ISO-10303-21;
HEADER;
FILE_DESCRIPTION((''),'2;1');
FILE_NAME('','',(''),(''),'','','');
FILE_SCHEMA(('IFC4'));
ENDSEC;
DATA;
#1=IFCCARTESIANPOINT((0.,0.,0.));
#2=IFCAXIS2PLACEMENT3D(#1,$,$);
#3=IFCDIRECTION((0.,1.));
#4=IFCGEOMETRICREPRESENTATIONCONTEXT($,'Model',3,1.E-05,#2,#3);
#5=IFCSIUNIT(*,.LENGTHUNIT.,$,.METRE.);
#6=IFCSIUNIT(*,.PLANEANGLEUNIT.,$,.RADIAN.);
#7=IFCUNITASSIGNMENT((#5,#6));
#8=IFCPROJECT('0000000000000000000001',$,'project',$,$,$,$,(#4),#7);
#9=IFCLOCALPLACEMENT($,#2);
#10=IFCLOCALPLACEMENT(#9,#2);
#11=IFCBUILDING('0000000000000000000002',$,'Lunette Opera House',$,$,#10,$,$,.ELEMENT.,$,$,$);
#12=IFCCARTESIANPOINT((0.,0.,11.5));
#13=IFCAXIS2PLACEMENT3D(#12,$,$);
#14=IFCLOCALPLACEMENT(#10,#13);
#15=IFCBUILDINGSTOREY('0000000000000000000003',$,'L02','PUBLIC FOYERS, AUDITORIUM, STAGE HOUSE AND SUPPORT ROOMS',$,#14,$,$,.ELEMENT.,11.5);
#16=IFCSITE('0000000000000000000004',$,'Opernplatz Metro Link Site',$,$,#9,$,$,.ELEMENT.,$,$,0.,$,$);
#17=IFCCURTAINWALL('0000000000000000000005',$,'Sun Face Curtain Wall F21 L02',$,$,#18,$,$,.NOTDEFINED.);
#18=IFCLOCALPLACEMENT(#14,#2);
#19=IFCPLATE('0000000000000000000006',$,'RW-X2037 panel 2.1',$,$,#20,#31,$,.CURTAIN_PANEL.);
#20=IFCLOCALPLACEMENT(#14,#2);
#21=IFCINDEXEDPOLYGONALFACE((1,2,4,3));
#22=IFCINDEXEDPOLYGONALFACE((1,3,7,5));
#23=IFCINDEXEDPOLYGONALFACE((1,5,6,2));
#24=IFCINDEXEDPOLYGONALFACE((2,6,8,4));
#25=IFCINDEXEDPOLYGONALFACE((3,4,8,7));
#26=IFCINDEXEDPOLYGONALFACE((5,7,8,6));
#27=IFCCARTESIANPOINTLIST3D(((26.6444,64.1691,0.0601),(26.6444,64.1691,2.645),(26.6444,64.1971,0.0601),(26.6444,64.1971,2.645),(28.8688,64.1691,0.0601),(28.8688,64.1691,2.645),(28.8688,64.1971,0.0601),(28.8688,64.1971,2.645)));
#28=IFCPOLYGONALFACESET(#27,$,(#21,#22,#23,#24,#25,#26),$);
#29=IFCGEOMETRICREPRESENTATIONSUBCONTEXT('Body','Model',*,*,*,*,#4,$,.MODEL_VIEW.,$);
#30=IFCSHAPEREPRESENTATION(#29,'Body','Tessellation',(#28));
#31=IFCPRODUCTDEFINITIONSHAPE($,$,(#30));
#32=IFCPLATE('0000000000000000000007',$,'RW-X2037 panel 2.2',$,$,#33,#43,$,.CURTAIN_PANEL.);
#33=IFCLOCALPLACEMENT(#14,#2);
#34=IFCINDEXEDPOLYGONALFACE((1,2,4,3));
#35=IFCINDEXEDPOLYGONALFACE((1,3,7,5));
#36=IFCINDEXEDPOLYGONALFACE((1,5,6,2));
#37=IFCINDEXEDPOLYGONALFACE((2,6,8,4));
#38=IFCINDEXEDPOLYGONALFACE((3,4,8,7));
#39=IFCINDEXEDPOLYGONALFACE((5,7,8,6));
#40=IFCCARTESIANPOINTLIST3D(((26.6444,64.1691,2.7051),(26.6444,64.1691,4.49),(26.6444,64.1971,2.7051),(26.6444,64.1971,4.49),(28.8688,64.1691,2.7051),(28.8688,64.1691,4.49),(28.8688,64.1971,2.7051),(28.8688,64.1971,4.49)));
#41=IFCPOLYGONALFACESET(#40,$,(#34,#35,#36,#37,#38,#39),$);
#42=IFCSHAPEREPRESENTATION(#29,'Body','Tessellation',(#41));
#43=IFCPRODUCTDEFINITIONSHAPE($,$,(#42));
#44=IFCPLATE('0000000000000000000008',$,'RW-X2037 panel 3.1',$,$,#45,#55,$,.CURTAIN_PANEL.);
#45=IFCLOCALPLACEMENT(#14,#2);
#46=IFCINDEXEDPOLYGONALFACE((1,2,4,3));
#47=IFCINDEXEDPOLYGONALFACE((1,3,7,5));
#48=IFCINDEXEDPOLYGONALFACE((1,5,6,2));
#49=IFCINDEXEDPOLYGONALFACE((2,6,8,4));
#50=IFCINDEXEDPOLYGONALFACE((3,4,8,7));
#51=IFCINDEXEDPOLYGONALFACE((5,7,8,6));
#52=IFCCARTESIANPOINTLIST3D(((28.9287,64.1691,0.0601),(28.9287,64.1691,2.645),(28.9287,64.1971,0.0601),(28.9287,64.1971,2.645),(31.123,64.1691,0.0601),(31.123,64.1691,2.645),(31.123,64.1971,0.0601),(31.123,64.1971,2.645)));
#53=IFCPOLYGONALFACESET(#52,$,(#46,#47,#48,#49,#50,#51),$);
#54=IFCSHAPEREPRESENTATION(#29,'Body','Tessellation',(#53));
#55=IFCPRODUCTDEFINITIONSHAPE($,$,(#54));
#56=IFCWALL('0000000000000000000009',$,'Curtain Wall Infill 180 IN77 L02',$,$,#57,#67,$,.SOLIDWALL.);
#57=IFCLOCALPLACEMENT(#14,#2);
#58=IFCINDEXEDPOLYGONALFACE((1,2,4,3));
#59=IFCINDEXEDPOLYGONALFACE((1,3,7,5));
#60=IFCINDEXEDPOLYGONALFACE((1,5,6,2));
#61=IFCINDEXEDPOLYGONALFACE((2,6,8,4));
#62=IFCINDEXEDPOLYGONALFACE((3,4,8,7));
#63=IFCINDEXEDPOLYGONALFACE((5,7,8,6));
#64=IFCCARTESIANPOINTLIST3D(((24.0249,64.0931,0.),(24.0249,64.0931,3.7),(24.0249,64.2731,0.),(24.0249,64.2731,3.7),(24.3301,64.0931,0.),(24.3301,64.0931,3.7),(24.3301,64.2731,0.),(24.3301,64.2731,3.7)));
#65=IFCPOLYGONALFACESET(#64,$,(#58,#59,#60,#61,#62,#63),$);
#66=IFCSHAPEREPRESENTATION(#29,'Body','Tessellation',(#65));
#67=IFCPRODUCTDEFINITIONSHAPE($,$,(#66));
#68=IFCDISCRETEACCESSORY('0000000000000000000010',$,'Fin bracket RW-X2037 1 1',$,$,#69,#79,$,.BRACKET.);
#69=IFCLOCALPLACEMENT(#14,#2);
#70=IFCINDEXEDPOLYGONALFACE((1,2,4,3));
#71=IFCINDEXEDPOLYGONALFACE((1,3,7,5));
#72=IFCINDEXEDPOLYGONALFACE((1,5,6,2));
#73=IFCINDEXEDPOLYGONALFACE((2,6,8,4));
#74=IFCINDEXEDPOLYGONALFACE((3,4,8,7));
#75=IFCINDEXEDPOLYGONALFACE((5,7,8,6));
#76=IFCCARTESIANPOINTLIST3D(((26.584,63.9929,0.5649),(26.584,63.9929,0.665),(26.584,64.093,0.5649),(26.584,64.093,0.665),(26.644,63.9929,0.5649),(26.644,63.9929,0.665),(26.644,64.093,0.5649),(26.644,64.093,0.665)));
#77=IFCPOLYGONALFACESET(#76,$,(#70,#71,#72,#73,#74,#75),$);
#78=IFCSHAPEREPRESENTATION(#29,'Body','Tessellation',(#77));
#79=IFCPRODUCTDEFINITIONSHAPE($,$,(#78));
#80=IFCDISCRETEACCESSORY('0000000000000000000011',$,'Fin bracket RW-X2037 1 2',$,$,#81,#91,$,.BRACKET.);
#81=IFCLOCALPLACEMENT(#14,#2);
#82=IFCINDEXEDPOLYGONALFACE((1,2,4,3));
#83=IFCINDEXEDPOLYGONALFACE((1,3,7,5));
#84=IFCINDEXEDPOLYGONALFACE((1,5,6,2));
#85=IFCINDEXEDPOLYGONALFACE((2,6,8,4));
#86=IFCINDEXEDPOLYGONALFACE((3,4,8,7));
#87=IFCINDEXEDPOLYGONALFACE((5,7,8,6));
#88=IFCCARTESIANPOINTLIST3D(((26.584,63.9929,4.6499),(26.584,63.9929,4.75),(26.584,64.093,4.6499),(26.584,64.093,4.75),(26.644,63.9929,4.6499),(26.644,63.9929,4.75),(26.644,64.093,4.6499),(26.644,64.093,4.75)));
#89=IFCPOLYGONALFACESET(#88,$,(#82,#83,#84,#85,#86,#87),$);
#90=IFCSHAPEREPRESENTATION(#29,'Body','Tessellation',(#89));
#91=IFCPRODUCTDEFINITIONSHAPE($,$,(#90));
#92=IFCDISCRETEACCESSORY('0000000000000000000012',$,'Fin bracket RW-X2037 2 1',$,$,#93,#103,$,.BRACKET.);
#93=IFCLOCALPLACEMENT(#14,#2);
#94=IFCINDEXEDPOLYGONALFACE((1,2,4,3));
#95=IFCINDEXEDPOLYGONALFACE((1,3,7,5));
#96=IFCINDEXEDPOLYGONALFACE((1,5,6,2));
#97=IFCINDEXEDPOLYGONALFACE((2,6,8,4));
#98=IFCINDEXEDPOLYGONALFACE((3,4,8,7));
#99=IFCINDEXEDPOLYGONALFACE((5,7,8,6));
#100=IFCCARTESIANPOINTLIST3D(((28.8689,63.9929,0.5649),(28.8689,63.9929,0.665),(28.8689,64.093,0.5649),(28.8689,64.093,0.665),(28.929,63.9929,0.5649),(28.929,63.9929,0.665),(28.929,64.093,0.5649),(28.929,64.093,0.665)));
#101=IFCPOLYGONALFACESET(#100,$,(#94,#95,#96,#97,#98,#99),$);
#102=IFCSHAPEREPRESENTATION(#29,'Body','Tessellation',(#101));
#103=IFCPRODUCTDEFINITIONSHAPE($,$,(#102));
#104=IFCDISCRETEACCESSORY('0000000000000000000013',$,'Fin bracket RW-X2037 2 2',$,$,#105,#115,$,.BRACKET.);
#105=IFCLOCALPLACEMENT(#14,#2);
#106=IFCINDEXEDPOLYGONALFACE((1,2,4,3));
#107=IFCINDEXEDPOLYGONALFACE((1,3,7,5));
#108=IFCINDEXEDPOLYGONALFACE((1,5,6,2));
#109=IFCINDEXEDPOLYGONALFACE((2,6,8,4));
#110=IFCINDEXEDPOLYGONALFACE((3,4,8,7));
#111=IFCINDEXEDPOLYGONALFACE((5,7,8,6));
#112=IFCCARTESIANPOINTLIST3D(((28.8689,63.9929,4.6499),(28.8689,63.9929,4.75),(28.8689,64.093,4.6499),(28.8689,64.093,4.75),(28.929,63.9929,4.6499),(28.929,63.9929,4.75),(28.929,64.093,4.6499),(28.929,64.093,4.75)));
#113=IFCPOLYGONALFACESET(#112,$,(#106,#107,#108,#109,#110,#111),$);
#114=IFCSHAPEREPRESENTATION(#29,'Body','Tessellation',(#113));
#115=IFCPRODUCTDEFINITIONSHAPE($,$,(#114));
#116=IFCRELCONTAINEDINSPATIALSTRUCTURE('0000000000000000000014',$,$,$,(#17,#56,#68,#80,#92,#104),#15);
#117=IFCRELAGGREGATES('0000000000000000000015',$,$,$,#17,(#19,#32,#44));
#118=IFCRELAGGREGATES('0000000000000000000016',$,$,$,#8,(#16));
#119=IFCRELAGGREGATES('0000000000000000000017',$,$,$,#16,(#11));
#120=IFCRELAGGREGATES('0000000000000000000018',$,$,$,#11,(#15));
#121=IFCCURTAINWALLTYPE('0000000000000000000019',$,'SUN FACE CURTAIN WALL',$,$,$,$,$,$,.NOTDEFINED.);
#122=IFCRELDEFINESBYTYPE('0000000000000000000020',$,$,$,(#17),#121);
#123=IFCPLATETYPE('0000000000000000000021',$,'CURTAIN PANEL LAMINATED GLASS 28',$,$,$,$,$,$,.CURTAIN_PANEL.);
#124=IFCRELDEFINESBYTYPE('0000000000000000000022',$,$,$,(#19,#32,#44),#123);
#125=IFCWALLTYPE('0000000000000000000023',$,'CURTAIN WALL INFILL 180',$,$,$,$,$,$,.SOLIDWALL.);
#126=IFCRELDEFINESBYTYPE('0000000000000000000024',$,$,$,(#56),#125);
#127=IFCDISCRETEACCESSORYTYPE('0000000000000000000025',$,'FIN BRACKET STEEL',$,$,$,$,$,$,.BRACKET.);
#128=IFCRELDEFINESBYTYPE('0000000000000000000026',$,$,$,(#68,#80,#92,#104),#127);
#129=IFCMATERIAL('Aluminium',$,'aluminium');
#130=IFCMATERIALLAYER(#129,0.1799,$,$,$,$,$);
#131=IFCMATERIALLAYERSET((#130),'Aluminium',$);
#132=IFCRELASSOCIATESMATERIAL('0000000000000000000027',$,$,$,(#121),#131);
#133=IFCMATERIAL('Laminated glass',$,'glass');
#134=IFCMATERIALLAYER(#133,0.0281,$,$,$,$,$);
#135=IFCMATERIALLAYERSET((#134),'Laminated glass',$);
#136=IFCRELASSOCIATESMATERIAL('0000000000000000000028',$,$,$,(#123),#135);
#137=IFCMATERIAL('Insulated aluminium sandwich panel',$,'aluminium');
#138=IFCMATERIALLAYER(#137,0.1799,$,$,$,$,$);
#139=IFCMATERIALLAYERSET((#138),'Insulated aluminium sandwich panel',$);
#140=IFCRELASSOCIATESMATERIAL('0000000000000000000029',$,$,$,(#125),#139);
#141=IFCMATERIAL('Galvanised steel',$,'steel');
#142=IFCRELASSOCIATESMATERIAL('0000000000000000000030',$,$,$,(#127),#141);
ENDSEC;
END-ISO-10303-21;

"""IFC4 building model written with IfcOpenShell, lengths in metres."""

from ifc_helpers import new_model, si_unit, direction, frame, frame_2d, origin, origin_2d, place, context, subcontext, project, spatial, rectangle, extrude, material, layer, layer_set, type_object, element, aggregate, save


model = new_model("IFC4")

# Units and contexts
model_context = context("Model", 3, precision=1e-05, world=origin(), true_north=direction((0.0, 1.0)))
body_context = subcontext(model_context, "Body", "Model", "MODEL_VIEW")
ifc_project = project(units=[si_unit("LENGTHUNIT", "METRE"), si_unit("PLANEANGLEUNIT", "RADIAN")], contexts=[model_context])

# Site, building, storey
site_placement = place(None, origin())
site = spatial("IfcSite", under=ifc_project, at=site_placement, Name="Opernplatz Metro Link Site", CompositionType="ELEMENT", RefElevation=0.0)
building_placement = place(site_placement, origin())
building = spatial("IfcBuilding", under=site, at=building_placement, Name="Lunette Opera House", CompositionType="ELEMENT")
storey_placement = place(building_placement, frame((0.0, 0.0, 11.5)))
storey = spatial("IfcBuildingStorey", under=building, at=storey_placement, Name="L02", Description="PUBLIC FOYERS, AUDITORIUM, STAGE HOUSE AND SUPPORT ROOMS", CompositionType="ELEMENT", Elevation=11.5)

# Curtain wall, plates
ifc_material_1 = material(Name="Aluminium", Category="aluminium")
ifc_layer_1 = layer(ifc_material_1, 0.1799)
ifc_layer_set_1 = layer_set([ifc_layer_1], Name="Aluminium")
curtain_wall_type = type_object("IfcCurtainWallType", Name="SUN FACE CURTAIN WALL", PredefinedType="NOTDEFINED", material=ifc_layer_set_1)
curtain_wall_placement = place(storey_placement, origin())
curtain_wall = element("IfcCurtainWall", 1, at=curtain_wall_placement, inside=storey, type_object=curtain_wall_type, Name="Sun Face Curtain Wall F21 L02", PredefinedType="NOTDEFINED")
ifc_material_2 = material(Name="Laminated glass", Category="glass")
ifc_layer_2 = layer(ifc_material_2, 0.0281)
ifc_layer_set_2 = layer_set([ifc_layer_2], Name="Laminated glass")
plate_type = type_object("IfcPlateType", Name="CURTAIN PANEL LAMINATED GLASS 28", PredefinedType="CURTAIN_PANEL", material=ifc_layer_set_2)
plate_1_placement = place(storey_placement, frame((27.7566, 64.1831, 0.0601), z_axis=(0.0, 0.0, 1.0), x_axis=(1.0, 0.0, 0.0)))
plate_1 = element("IfcPlate", 2, at=plate_1_placement, type_object=plate_type, Name="RW-X2037 panel 2.1", PredefinedType="CURTAIN_PANEL", context=body_context, shape_type="SweptSolid", body=[
    extrude(rectangle(XDim=2.2244, YDim=0.0281, at=origin_2d()), origin(), (0.0, 0.0, 1.0), 2.585),
])
plate_2_placement = place(storey_placement, frame((27.7566, 64.1831, 2.7051), z_axis=(0.0, 0.0, 1.0), x_axis=(1.0, 0.0, 0.0)))
plate_2 = element("IfcPlate", 3, at=plate_2_placement, type_object=plate_type, Name="RW-X2037 panel 2.2", PredefinedType="CURTAIN_PANEL", context=body_context, shape_type="SweptSolid", body=[
    extrude(rectangle(XDim=2.2244, YDim=0.0281, at=origin_2d()), origin(), (0.0, 0.0, 1.0), 1.7849),
])
plate_3_placement = place(storey_placement, frame((30.0259, 64.1831, 0.0601), z_axis=(0.0, 0.0, 1.0), x_axis=(1.0, 0.0, 0.0)))
plate_3 = element("IfcPlate", 4, at=plate_3_placement, type_object=plate_type, Name="RW-X2037 panel 3.1", PredefinedType="CURTAIN_PANEL", context=body_context, shape_type="SweptSolid", body=[
    extrude(rectangle(XDim=2.1943, YDim=0.0281, at=origin_2d()), origin(), (0.0, 0.0, 1.0), 2.585),
])
aggregate(curtain_wall, [plate_1, plate_2, plate_3])

# Wall
ifc_material_3 = material(Name="Insulated aluminium sandwich panel", Category="aluminium")
ifc_layer_3 = layer(ifc_material_3, 0.1799)
ifc_layer_set_3 = layer_set([ifc_layer_3], Name="Insulated aluminium sandwich panel")
wall_type = type_object("IfcWallType", Name="CURTAIN WALL INFILL 180", PredefinedType="SOLIDWALL", material=ifc_layer_set_3)
wall_placement = place(storey_placement, frame((24.3301, 64.1831, 0.0), z_axis=(0.0, 0.0, 1.0), x_axis=(-1.0, 0.0, 0.0)))
element("IfcWall", 5, at=wall_placement, inside=storey, type_object=wall_type, Name="Curtain Wall Infill 180 IN77 L02", PredefinedType="SOLIDWALL", context=body_context, shape_type="SweptSolid", body=[
    extrude(rectangle(XDim=0.3052, YDim=0.1799, at=frame_2d((0.1526, 0.0))), origin(), (0.0, 0.0, 1.0), 3.7),
])

# Discrete accessories
ifc_material_4 = material(Name="Galvanised steel", Category="steel")
discrete_accessory_type = type_object("IfcDiscreteAccessoryType", Name="FIN BRACKET STEEL", PredefinedType="BRACKET", material=ifc_material_4)
for number, where, z_axis, x_axis, name in (
    (6, (26.614, 64.043, 0.5649), (0.0, 0.0, 1.0), (0.0, -1.0, 0.0), "Fin bracket RW-X2037 1 1"),
    (7, (26.614, 64.043, 4.6499), (0.0, 0.0, 1.0), (0.0, -1.0, 0.0), "Fin bracket RW-X2037 1 2"),
    (8, (28.8989, 64.043, 0.5649), (0.0, 0.0, 1.0), (0.0, -1.0, 0.0), "Fin bracket RW-X2037 2 1"),
    (9, (28.8989, 64.043, 4.6499), (0.0, 0.0, 1.0), (0.0, -1.0, 0.0), "Fin bracket RW-X2037 2 2"),
):
    element("IfcDiscreteAccessory", number, at=place(storey_placement, frame(where, z_axis=z_axis, x_axis=x_axis)), inside=storey, type_object=discrete_accessory_type, Name=name, PredefinedType="BRACKET", context=body_context, shape_type="SweptSolid", body=[
        extrude(rectangle(XDim=0.1001, YDim=0.0601, at=origin_2d()), origin(), (0.0, 0.0, 1.0), 0.1001),
    ])

save(model, "model.ifc")
